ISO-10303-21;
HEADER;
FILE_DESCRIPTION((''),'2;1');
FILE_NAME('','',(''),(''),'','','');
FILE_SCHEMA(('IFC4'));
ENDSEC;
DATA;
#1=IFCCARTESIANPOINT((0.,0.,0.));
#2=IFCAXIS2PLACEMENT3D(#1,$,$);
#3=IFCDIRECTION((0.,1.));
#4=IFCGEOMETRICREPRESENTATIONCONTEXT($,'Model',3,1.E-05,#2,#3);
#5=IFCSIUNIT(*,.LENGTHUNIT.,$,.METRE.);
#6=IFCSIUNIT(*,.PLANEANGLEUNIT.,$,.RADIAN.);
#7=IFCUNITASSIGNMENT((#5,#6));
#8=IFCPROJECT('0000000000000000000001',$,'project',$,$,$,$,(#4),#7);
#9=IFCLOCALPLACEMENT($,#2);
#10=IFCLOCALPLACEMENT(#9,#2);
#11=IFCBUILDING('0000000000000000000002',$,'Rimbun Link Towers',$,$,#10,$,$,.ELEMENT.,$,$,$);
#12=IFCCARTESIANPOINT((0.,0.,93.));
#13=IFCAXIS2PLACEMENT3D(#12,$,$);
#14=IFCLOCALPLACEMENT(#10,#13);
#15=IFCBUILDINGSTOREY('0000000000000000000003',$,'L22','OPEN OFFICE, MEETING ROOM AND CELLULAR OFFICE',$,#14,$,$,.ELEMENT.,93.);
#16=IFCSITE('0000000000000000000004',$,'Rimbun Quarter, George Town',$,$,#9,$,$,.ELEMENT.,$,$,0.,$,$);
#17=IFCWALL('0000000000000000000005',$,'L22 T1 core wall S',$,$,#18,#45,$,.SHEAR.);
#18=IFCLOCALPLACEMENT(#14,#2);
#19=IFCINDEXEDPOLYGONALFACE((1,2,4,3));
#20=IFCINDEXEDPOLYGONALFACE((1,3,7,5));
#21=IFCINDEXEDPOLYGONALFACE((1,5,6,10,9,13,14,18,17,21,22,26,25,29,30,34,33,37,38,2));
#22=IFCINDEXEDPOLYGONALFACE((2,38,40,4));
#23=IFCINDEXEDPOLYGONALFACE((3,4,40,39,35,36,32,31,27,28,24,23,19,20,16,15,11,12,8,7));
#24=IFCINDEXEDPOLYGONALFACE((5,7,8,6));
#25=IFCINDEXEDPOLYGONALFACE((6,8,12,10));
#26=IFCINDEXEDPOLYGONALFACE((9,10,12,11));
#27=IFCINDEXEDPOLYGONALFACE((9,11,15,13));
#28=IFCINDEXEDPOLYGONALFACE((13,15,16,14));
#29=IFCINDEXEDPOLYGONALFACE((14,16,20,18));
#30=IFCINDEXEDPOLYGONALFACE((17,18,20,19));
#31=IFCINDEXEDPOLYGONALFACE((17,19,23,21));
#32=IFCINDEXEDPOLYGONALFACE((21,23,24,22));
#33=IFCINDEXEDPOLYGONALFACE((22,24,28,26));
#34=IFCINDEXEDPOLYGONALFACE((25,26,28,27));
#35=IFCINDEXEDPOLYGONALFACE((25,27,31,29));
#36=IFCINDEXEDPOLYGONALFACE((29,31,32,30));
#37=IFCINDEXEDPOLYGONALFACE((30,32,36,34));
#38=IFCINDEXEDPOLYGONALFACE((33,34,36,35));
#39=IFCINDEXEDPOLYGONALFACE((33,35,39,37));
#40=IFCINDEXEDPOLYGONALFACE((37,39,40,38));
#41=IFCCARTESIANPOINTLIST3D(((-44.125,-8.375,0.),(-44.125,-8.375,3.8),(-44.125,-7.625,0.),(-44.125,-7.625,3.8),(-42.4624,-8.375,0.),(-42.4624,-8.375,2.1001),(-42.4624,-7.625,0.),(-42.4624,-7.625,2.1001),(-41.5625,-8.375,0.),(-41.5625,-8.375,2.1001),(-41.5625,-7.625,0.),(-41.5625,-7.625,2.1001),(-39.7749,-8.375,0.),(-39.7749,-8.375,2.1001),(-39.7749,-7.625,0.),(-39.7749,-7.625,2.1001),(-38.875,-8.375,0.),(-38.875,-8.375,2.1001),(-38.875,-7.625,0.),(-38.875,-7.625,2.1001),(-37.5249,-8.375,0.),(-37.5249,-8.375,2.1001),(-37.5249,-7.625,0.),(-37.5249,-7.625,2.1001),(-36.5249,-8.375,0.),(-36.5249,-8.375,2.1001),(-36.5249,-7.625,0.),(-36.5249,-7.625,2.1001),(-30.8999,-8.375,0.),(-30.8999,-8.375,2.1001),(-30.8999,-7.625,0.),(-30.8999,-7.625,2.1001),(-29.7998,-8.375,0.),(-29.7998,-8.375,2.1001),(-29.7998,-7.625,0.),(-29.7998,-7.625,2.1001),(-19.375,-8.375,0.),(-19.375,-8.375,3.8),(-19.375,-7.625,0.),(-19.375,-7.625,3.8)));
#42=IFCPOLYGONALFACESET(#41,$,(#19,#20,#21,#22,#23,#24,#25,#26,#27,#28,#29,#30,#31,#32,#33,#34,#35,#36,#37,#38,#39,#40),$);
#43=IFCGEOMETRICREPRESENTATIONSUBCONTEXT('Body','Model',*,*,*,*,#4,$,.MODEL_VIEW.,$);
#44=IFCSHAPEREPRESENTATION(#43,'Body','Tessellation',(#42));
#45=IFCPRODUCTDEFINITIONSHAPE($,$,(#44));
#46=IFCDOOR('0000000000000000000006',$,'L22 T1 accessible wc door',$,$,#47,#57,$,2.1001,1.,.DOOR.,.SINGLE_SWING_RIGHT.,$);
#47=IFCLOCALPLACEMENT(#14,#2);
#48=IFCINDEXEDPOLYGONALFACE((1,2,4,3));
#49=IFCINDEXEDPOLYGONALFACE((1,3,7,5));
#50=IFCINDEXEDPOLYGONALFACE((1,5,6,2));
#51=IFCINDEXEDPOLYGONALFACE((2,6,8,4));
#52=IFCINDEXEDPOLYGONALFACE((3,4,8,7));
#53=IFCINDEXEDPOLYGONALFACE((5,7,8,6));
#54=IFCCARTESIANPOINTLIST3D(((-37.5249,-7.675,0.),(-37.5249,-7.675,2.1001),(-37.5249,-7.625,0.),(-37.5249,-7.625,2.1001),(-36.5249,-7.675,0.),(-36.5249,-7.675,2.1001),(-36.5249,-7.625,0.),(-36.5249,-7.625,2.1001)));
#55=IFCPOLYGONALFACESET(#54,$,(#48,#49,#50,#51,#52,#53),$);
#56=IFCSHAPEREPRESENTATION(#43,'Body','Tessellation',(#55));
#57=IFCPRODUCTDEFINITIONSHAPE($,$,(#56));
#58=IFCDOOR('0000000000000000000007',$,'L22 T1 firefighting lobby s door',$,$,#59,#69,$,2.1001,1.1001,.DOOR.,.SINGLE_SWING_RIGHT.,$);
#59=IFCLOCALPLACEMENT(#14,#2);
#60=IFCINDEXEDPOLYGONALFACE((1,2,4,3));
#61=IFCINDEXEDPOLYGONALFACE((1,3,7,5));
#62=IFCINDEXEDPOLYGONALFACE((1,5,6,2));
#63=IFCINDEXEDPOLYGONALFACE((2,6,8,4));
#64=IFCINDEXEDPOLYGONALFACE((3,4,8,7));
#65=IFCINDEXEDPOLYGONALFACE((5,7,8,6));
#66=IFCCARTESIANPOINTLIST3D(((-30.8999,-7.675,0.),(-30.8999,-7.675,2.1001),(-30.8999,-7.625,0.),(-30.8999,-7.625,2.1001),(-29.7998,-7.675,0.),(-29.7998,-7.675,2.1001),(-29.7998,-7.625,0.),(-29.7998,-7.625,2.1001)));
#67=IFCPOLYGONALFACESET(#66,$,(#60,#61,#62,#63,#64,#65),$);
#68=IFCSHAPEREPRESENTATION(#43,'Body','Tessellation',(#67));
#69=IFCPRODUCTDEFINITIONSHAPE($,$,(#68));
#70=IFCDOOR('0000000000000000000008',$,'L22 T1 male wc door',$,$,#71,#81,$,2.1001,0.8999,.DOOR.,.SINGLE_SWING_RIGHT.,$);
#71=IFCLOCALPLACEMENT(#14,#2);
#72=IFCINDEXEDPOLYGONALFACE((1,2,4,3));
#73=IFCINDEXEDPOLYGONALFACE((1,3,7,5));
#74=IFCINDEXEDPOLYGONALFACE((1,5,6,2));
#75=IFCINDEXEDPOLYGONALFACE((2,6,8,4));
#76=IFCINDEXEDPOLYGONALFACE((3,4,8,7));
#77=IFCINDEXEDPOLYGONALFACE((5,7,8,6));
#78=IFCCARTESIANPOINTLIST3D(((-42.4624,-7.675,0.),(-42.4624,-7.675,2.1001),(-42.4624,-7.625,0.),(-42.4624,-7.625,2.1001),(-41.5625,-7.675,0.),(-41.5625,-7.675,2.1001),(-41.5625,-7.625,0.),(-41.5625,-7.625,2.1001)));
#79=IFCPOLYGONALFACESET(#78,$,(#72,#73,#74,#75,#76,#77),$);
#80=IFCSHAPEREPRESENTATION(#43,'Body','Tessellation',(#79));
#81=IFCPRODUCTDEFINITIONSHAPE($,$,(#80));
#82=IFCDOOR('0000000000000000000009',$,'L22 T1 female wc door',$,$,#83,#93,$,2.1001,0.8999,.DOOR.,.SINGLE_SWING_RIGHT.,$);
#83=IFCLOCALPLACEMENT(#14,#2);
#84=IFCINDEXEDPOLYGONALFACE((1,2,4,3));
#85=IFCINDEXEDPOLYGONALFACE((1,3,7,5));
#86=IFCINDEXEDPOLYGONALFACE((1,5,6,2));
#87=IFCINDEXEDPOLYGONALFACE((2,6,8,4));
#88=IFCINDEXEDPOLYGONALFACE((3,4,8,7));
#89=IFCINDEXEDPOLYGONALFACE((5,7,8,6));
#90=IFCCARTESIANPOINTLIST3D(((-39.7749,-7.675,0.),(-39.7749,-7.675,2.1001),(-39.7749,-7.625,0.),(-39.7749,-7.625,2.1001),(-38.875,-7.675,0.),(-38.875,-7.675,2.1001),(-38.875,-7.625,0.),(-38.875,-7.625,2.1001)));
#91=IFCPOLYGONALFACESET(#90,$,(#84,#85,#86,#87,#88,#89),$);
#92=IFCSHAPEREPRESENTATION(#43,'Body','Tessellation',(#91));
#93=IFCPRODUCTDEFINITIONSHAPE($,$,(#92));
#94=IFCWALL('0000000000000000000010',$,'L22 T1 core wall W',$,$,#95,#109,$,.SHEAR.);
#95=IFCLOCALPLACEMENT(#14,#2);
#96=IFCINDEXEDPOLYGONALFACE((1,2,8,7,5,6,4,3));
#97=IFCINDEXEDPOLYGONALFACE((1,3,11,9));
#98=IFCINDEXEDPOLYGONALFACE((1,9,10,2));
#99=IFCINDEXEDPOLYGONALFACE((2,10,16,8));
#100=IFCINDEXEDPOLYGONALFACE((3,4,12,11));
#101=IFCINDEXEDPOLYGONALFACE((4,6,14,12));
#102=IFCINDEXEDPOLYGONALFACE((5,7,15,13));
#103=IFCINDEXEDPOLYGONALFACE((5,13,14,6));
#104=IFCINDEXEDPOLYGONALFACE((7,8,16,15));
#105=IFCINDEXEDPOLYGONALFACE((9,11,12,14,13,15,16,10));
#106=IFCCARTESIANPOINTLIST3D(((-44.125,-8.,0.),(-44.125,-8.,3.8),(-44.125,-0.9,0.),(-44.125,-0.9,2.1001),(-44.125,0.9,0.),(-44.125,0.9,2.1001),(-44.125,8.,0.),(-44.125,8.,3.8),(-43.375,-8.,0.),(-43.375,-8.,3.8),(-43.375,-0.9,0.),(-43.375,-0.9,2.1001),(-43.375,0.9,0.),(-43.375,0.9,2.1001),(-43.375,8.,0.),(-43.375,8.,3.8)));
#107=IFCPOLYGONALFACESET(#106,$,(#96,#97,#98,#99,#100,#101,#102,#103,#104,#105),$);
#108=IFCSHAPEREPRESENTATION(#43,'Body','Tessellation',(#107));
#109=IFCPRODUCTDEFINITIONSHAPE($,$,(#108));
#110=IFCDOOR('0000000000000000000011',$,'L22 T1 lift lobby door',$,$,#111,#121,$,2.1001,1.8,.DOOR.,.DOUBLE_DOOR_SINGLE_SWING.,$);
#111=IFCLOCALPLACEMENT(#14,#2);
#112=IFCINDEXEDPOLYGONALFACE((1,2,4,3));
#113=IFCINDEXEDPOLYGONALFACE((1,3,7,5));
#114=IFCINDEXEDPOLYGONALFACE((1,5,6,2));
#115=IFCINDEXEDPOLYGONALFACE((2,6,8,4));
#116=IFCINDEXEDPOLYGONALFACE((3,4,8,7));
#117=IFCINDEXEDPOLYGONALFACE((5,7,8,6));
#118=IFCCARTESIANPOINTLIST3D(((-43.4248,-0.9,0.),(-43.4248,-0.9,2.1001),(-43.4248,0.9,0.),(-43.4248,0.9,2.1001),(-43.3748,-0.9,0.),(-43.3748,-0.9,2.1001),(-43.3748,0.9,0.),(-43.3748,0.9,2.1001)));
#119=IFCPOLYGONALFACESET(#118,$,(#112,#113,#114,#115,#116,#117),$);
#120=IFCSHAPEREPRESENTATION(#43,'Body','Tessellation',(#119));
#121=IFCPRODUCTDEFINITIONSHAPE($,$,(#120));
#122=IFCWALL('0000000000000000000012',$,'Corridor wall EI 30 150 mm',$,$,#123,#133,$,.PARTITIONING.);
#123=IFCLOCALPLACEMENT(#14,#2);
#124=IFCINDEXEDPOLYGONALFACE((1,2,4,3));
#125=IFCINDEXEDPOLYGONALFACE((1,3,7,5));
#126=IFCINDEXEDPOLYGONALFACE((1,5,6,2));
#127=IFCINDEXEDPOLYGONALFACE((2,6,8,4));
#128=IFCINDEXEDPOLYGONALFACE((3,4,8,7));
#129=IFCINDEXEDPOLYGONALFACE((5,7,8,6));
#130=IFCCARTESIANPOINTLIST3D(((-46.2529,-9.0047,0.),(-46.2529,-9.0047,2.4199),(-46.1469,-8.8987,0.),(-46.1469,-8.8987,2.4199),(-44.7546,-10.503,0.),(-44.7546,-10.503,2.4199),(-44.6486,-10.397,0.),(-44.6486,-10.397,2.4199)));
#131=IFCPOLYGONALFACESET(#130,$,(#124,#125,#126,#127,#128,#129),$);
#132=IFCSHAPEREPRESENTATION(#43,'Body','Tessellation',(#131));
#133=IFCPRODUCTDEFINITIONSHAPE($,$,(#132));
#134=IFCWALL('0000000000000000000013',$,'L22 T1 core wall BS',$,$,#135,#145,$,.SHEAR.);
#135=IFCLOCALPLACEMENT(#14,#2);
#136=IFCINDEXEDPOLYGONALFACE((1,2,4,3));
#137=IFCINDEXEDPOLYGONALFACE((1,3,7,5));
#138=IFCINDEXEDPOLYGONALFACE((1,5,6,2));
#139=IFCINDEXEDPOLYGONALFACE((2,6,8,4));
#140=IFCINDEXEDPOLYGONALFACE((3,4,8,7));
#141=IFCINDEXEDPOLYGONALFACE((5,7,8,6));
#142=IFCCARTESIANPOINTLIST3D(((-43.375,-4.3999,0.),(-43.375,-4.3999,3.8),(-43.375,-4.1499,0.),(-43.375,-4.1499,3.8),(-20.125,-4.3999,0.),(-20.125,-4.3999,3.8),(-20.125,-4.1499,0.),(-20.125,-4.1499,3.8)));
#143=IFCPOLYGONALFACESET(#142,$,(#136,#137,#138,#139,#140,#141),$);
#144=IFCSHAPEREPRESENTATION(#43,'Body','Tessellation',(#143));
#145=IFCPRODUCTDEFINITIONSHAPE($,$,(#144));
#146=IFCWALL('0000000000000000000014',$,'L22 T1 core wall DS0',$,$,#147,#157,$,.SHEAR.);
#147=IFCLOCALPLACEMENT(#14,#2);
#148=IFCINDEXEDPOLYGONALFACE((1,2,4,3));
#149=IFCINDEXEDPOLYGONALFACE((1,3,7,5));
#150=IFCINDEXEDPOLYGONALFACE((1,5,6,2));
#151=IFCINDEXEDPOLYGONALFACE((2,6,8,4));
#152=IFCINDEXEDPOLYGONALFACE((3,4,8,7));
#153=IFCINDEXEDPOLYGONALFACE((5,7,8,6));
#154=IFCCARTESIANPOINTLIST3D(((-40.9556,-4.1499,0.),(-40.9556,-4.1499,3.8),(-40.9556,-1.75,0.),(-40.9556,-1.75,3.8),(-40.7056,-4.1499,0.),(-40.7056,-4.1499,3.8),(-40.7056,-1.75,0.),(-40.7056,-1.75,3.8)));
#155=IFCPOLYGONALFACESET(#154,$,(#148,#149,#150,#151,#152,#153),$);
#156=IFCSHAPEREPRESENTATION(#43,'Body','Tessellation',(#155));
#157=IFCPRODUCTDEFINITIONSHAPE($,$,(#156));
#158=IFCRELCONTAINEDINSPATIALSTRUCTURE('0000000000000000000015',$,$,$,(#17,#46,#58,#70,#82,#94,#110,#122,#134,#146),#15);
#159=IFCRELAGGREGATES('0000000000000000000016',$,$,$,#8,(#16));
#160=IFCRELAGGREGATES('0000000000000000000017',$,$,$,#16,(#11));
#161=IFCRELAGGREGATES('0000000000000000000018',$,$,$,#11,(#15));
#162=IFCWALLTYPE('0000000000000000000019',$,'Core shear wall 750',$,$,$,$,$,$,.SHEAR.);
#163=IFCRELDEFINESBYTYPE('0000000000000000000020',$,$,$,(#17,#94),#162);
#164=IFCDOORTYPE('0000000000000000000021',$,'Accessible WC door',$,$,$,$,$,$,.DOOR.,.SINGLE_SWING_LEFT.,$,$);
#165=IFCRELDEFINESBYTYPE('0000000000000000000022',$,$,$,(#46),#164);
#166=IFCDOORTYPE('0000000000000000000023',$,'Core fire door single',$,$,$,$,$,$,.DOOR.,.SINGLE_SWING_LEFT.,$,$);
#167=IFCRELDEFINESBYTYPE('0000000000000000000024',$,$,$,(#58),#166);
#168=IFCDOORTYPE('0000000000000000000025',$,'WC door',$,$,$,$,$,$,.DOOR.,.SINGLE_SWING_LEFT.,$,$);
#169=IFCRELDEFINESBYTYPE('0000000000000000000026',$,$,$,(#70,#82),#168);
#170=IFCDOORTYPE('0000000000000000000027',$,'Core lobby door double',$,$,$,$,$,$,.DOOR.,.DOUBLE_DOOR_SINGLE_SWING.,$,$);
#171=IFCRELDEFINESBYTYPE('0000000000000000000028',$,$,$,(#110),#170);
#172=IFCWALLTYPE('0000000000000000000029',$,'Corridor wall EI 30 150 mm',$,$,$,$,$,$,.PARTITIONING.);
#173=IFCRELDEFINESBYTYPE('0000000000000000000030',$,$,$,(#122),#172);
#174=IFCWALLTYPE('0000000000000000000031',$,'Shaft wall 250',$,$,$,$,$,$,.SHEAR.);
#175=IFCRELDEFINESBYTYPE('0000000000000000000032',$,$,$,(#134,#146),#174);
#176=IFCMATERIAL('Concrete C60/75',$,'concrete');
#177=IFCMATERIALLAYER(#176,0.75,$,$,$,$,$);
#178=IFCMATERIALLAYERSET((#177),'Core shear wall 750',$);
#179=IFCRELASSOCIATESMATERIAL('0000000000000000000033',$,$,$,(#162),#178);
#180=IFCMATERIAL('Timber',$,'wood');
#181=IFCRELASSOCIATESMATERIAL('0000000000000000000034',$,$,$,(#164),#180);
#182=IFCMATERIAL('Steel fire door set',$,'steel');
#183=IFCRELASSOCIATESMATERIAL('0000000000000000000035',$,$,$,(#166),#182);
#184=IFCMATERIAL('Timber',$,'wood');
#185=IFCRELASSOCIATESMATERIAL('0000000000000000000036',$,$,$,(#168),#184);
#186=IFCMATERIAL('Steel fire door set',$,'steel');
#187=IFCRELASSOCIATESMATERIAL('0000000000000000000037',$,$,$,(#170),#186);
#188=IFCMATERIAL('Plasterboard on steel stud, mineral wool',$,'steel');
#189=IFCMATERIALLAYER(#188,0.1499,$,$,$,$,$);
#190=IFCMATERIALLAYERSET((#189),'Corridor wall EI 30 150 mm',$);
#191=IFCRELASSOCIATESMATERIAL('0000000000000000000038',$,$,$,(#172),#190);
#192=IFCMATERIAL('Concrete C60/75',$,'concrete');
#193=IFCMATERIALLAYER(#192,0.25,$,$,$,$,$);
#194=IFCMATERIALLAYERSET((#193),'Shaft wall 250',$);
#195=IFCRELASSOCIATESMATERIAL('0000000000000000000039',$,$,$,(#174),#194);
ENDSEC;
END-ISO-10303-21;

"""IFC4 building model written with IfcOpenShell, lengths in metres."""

from ifc_helpers import new_model, si_unit, direction, frame, frame_2d, origin, place, context, subcontext, project, spatial, rectangle, extrude, material, layer, layer_set, type_object, element, fill, save


model = new_model("IFC4")

# Units and contexts
model_context = context("Model", 3, precision=1e-05, world=origin(), true_north=direction((0.0, 1.0)))
body_context = subcontext(model_context, "Body", "Model", "MODEL_VIEW")
ifc_project = project(units=[si_unit("LENGTHUNIT", "METRE"), si_unit("PLANEANGLEUNIT", "RADIAN")], contexts=[model_context])

# Site, building, storey
site_placement = place(None, origin())
site = spatial("IfcSite", under=ifc_project, at=site_placement, Name="Rimbun Quarter, George Town", CompositionType="ELEMENT", RefElevation=0.0)
building_placement = place(site_placement, origin())
building = spatial("IfcBuilding", under=site, at=building_placement, Name="Rimbun Link Towers", CompositionType="ELEMENT")
storey_placement = place(building_placement, frame((0.0, 0.0, 93.0)))
storey = spatial("IfcBuildingStorey", under=building, at=storey_placement, Name="L22", Description="OPEN OFFICE, MEETING ROOM AND CELLULAR OFFICE", CompositionType="ELEMENT", Elevation=93.0)

# Wall, openings, doors
ifc_material_1 = material(Name="Concrete C60/75", Category="concrete")
ifc_layer_1 = layer(ifc_material_1, 0.75)
ifc_layer_set_1 = layer_set([ifc_layer_1], Name="Core shear wall 750")
wall_type_1 = type_object("IfcWallType", Name="Core shear wall 750", PredefinedType="SHEAR", material=ifc_layer_set_1)
wall_1_placement = place(storey_placement, frame((-44.125, -8.0, 0.0), z_axis=(0.0, 0.0, 1.0), x_axis=(1.0, 0.0, 0.0)))
wall_1 = element("IfcWall", 1, at=wall_1_placement, inside=storey, type_object=wall_type_1, Name="L22 T1 core wall S", PredefinedType="SHEAR", context=body_context, shape_type="SweptSolid", body=[
    extrude(rectangle(XDim=24.75, YDim=0.75, at=frame_2d((12.375, 0.0))), origin(), (0.0, 0.0, 1.0), 3.8),
])
opening_1_placement = place(wall_1_placement, frame((13.2251, 0.0, 0.0)))
opening_1 = element("IfcOpeningElement", 2, at=opening_1_placement, cuts=wall_1, PredefinedType="OPENING", context=body_context, shape_type="SweptSolid", body=[
    extrude(rectangle(XDim=1.1001, YDim=2.1001, at=frame_2d((0.55, 1.05))), frame((0.0, 0.385, 0.0), z_axis=(0.0, -1.0, 0.0), x_axis=(1.0, 0.0, 0.0)), (0.0, 0.0, 1.0), 0.77),
])
opening_2_placement = place(wall_1_placement, frame((1.6626, 0.0, 0.0)))
opening_2 = element("IfcOpeningElement", 3, at=opening_2_placement, cuts=wall_1, PredefinedType="OPENING", context=body_context, shape_type="SweptSolid", body=[
    extrude(rectangle(XDim=0.8999, YDim=2.1001, at=frame_2d((0.45, 1.05))), frame((0.0, 0.385, 0.0), z_axis=(0.0, -1.0, 0.0), x_axis=(1.0, 0.0, 0.0)), (0.0, 0.0, 1.0), 0.77),
])
opening_3_placement = place(wall_1_placement, frame((4.3501, 0.0, 0.0)))
opening_3 = element("IfcOpeningElement", 4, at=opening_3_placement, cuts=wall_1, PredefinedType="OPENING", context=body_context, shape_type="SweptSolid", body=[
    extrude(rectangle(XDim=0.8999, YDim=2.1001, at=frame_2d((0.45, 1.05))), frame((0.0, 0.385, 0.0), z_axis=(0.0, -1.0, 0.0), x_axis=(1.0, 0.0, 0.0)), (0.0, 0.0, 1.0), 0.77),
])
opening_4_placement = place(wall_1_placement, frame((6.6001, 0.0, 0.0)))
opening_4 = element("IfcOpeningElement", 5, at=opening_4_placement, cuts=wall_1, PredefinedType="OPENING", context=body_context, shape_type="SweptSolid", body=[
    extrude(rectangle(XDim=1.0, YDim=2.1001, at=frame_2d((0.5, 1.05))), frame((0.0, 0.385, 0.0), z_axis=(0.0, -1.0, 0.0), x_axis=(1.0, 0.0, 0.0)), (0.0, 0.0, 1.0), 0.77),
])
ifc_material_2 = material(Name="Timber", Category="wood")
door_type_1 = type_object("IfcDoorType", Name="Accessible WC door", OperationType="SINGLE_SWING_LEFT", PredefinedType="DOOR", material=ifc_material_2)
door_1_placement = place(opening_4_placement, origin())
door_1 = element("IfcDoor", 6, at=door_1_placement, inside=storey, type_object=door_type_1, Name="L22 T1 accessible wc door", OperationType="SINGLE_SWING_RIGHT", OverallHeight=2.1001, OverallWidth=1.0, PredefinedType="DOOR", context=body_context, shape_type="SweptSolid", body=[
    extrude(rectangle(XDim=1.0, YDim=2.1001, at=frame_2d((0.5, 1.05))), frame((0.0, 0.375, 0.0), z_axis=(0.0, -1.0, 0.0), x_axis=(1.0, 0.0, 0.0)), (0.0, 0.0, 1.0), 0.05),
])
fill(opening_4, door_1)
ifc_material_3 = material(Name="Steel fire door set", Category="steel")
door_type_2 = type_object("IfcDoorType", Name="Core fire door single", OperationType="SINGLE_SWING_LEFT", PredefinedType="DOOR", material=ifc_material_3)
door_2_placement = place(opening_1_placement, origin())
door_2 = element("IfcDoor", 7, at=door_2_placement, inside=storey, type_object=door_type_2, Name="L22 T1 firefighting lobby s door", OperationType="SINGLE_SWING_RIGHT", OverallHeight=2.1001, OverallWidth=1.1001, PredefinedType="DOOR", context=body_context, shape_type="SweptSolid", body=[
    extrude(rectangle(XDim=1.1001, YDim=2.1001, at=frame_2d((0.55, 1.05))), frame((0.0, 0.375, 0.0), z_axis=(0.0, -1.0, 0.0), x_axis=(1.0, 0.0, 0.0)), (0.0, 0.0, 1.0), 0.05),
])
fill(opening_1, door_2)
ifc_material_4 = material(Name="Timber", Category="wood")
door_type_3 = type_object("IfcDoorType", Name="WC door", OperationType="SINGLE_SWING_LEFT", PredefinedType="DOOR", material=ifc_material_4)
door_3_placement = place(opening_2_placement, origin())
door_3 = element("IfcDoor", 8, at=door_3_placement, inside=storey, type_object=door_type_3, Name="L22 T1 male wc door", OperationType="SINGLE_SWING_RIGHT", OverallHeight=2.1001, OverallWidth=0.8999, PredefinedType="DOOR", context=body_context, shape_type="SweptSolid", body=[
    extrude(rectangle(XDim=0.8999, YDim=2.1001, at=frame_2d((0.45, 1.05))), frame((0.0, 0.375, 0.0), z_axis=(0.0, -1.0, 0.0), x_axis=(1.0, 0.0, 0.0)), (0.0, 0.0, 1.0), 0.05),
])
fill(opening_2, door_3)
door_4_placement = place(opening_3_placement, origin())
door_4 = element("IfcDoor", 9, at=door_4_placement, inside=storey, type_object=door_type_3, Name="L22 T1 female wc door", OperationType="SINGLE_SWING_RIGHT", OverallHeight=2.1001, OverallWidth=0.8999, PredefinedType="DOOR", context=body_context, shape_type="SweptSolid", body=[
    extrude(rectangle(XDim=0.8999, YDim=2.1001, at=frame_2d((0.45, 1.05))), frame((0.0, 0.375, 0.0), z_axis=(0.0, -1.0, 0.0), x_axis=(1.0, 0.0, 0.0)), (0.0, 0.0, 1.0), 0.05),
])
fill(opening_3, door_4)

# Wall, opening, door
wall_2_placement = place(storey_placement, frame((-43.75, -8.0, 0.0), z_axis=(0.0, 0.0, 1.0), x_axis=(0.0, 1.0, 0.0)))
wall_2 = element("IfcWall", 10, at=wall_2_placement, inside=storey, type_object=wall_type_1, Name="L22 T1 core wall W", PredefinedType="SHEAR", context=body_context, shape_type="SweptSolid", body=[
    extrude(rectangle(XDim=16.0, YDim=0.75, at=frame_2d((8.0, 0.0))), origin(), (0.0, 0.0, 1.0), 3.8),
])
opening_5_placement = place(wall_2_placement, frame((7.1001, 0.0, 0.0)))
opening_5 = element("IfcOpeningElement", 11, at=opening_5_placement, cuts=wall_2, PredefinedType="OPENING", context=body_context, shape_type="SweptSolid", body=[
    extrude(rectangle(XDim=1.8, YDim=2.1001, at=frame_2d((0.8999, 1.05))), frame((0.0, 0.385, 0.0), z_axis=(0.0, -1.0, 0.0), x_axis=(1.0, 0.0, 0.0)), (0.0, 0.0, 1.0), 0.77),
])
ifc_material_5 = material(Name="Steel fire door set", Category="steel")
door_type_4 = type_object("IfcDoorType", Name="Core lobby door double", OperationType="DOUBLE_DOOR_SINGLE_SWING", PredefinedType="DOOR", material=ifc_material_5)
door_5_placement = place(opening_5_placement, origin())
door_5 = element("IfcDoor", 12, at=door_5_placement, inside=storey, type_object=door_type_4, Name="L22 T1 lift lobby door", OperationType="DOUBLE_DOOR_SINGLE_SWING", OverallHeight=2.1001, OverallWidth=1.8, PredefinedType="DOOR", context=body_context, shape_type="SweptSolid", body=[
    extrude(rectangle(XDim=1.8, YDim=2.1001, at=frame_2d((0.8999, 1.05))), frame((0.0, -0.3252, 0.0), z_axis=(0.0, -1.0, 0.0), x_axis=(1.0, 0.0, 0.0)), (0.0, 0.0, 1.0), 0.05),
])
fill(opening_5, door_5)

# Walls
ifc_material_6 = material(Name="Plasterboard on steel stud, mineral wool", Category="steel")
ifc_layer_2 = layer(ifc_material_6, 0.1499)
ifc_layer_set_2 = layer_set([ifc_layer_2], Name="Corridor wall EI 30 150 mm")
wall_type_2 = type_object("IfcWallType", Name="Corridor wall EI 30 150 mm", PredefinedType="PARTITIONING", material=ifc_layer_set_2)
wall_3_placement = place(storey_placement, frame((-46.2, -8.9517, 0.0), z_axis=(0.0, 0.0, 1.0), x_axis=(0.707107, -0.707107, 0.0)))
element("IfcWall", 13, at=wall_3_placement, inside=storey, type_object=wall_type_2, Name="Corridor wall EI 30 150 mm", PredefinedType="PARTITIONING", context=body_context, shape_type="SweptSolid", body=[
    extrude(rectangle(XDim=2.1189, YDim=0.1499, at=frame_2d((1.0596, 0.0))), origin(), (0.0, 0.0, 1.0), 2.4199),
])
ifc_material_7 = material(Name="Concrete C60/75", Category="concrete")
ifc_layer_3 = layer(ifc_material_7, 0.25)
ifc_layer_set_3 = layer_set([ifc_layer_3], Name="Shaft wall 250")
wall_type_3 = type_object("IfcWallType", Name="Shaft wall 250", PredefinedType="SHEAR", material=ifc_layer_set_3)
wall_4_placement = place(storey_placement, frame((-43.375, -4.2749, 0.0), z_axis=(0.0, 0.0, 1.0), x_axis=(1.0, 0.0, 0.0)))
element("IfcWall", 14, at=wall_4_placement, inside=storey, type_object=wall_type_3, Name="L22 T1 core wall BS", PredefinedType="SHEAR", context=body_context, shape_type="SweptSolid", body=[
    extrude(rectangle(XDim=23.25, YDim=0.25, at=frame_2d((11.625, 0.0))), origin(), (0.0, 0.0, 1.0), 3.8),
])
wall_5_placement = place(storey_placement, frame((-40.8306, -4.1499, 0.0), z_axis=(0.0, 0.0, 1.0), x_axis=(0.0, 1.0, 0.0)))
element("IfcWall", 15, at=wall_5_placement, inside=storey, type_object=wall_type_3, Name="L22 T1 core wall DS0", PredefinedType="SHEAR", context=body_context, shape_type="SweptSolid", body=[
    extrude(rectangle(XDim=2.3999, YDim=0.25, at=frame_2d((1.2, 0.0))), origin(), (0.0, 0.0, 1.0), 3.8),
])

save(model, "model.ifc")
